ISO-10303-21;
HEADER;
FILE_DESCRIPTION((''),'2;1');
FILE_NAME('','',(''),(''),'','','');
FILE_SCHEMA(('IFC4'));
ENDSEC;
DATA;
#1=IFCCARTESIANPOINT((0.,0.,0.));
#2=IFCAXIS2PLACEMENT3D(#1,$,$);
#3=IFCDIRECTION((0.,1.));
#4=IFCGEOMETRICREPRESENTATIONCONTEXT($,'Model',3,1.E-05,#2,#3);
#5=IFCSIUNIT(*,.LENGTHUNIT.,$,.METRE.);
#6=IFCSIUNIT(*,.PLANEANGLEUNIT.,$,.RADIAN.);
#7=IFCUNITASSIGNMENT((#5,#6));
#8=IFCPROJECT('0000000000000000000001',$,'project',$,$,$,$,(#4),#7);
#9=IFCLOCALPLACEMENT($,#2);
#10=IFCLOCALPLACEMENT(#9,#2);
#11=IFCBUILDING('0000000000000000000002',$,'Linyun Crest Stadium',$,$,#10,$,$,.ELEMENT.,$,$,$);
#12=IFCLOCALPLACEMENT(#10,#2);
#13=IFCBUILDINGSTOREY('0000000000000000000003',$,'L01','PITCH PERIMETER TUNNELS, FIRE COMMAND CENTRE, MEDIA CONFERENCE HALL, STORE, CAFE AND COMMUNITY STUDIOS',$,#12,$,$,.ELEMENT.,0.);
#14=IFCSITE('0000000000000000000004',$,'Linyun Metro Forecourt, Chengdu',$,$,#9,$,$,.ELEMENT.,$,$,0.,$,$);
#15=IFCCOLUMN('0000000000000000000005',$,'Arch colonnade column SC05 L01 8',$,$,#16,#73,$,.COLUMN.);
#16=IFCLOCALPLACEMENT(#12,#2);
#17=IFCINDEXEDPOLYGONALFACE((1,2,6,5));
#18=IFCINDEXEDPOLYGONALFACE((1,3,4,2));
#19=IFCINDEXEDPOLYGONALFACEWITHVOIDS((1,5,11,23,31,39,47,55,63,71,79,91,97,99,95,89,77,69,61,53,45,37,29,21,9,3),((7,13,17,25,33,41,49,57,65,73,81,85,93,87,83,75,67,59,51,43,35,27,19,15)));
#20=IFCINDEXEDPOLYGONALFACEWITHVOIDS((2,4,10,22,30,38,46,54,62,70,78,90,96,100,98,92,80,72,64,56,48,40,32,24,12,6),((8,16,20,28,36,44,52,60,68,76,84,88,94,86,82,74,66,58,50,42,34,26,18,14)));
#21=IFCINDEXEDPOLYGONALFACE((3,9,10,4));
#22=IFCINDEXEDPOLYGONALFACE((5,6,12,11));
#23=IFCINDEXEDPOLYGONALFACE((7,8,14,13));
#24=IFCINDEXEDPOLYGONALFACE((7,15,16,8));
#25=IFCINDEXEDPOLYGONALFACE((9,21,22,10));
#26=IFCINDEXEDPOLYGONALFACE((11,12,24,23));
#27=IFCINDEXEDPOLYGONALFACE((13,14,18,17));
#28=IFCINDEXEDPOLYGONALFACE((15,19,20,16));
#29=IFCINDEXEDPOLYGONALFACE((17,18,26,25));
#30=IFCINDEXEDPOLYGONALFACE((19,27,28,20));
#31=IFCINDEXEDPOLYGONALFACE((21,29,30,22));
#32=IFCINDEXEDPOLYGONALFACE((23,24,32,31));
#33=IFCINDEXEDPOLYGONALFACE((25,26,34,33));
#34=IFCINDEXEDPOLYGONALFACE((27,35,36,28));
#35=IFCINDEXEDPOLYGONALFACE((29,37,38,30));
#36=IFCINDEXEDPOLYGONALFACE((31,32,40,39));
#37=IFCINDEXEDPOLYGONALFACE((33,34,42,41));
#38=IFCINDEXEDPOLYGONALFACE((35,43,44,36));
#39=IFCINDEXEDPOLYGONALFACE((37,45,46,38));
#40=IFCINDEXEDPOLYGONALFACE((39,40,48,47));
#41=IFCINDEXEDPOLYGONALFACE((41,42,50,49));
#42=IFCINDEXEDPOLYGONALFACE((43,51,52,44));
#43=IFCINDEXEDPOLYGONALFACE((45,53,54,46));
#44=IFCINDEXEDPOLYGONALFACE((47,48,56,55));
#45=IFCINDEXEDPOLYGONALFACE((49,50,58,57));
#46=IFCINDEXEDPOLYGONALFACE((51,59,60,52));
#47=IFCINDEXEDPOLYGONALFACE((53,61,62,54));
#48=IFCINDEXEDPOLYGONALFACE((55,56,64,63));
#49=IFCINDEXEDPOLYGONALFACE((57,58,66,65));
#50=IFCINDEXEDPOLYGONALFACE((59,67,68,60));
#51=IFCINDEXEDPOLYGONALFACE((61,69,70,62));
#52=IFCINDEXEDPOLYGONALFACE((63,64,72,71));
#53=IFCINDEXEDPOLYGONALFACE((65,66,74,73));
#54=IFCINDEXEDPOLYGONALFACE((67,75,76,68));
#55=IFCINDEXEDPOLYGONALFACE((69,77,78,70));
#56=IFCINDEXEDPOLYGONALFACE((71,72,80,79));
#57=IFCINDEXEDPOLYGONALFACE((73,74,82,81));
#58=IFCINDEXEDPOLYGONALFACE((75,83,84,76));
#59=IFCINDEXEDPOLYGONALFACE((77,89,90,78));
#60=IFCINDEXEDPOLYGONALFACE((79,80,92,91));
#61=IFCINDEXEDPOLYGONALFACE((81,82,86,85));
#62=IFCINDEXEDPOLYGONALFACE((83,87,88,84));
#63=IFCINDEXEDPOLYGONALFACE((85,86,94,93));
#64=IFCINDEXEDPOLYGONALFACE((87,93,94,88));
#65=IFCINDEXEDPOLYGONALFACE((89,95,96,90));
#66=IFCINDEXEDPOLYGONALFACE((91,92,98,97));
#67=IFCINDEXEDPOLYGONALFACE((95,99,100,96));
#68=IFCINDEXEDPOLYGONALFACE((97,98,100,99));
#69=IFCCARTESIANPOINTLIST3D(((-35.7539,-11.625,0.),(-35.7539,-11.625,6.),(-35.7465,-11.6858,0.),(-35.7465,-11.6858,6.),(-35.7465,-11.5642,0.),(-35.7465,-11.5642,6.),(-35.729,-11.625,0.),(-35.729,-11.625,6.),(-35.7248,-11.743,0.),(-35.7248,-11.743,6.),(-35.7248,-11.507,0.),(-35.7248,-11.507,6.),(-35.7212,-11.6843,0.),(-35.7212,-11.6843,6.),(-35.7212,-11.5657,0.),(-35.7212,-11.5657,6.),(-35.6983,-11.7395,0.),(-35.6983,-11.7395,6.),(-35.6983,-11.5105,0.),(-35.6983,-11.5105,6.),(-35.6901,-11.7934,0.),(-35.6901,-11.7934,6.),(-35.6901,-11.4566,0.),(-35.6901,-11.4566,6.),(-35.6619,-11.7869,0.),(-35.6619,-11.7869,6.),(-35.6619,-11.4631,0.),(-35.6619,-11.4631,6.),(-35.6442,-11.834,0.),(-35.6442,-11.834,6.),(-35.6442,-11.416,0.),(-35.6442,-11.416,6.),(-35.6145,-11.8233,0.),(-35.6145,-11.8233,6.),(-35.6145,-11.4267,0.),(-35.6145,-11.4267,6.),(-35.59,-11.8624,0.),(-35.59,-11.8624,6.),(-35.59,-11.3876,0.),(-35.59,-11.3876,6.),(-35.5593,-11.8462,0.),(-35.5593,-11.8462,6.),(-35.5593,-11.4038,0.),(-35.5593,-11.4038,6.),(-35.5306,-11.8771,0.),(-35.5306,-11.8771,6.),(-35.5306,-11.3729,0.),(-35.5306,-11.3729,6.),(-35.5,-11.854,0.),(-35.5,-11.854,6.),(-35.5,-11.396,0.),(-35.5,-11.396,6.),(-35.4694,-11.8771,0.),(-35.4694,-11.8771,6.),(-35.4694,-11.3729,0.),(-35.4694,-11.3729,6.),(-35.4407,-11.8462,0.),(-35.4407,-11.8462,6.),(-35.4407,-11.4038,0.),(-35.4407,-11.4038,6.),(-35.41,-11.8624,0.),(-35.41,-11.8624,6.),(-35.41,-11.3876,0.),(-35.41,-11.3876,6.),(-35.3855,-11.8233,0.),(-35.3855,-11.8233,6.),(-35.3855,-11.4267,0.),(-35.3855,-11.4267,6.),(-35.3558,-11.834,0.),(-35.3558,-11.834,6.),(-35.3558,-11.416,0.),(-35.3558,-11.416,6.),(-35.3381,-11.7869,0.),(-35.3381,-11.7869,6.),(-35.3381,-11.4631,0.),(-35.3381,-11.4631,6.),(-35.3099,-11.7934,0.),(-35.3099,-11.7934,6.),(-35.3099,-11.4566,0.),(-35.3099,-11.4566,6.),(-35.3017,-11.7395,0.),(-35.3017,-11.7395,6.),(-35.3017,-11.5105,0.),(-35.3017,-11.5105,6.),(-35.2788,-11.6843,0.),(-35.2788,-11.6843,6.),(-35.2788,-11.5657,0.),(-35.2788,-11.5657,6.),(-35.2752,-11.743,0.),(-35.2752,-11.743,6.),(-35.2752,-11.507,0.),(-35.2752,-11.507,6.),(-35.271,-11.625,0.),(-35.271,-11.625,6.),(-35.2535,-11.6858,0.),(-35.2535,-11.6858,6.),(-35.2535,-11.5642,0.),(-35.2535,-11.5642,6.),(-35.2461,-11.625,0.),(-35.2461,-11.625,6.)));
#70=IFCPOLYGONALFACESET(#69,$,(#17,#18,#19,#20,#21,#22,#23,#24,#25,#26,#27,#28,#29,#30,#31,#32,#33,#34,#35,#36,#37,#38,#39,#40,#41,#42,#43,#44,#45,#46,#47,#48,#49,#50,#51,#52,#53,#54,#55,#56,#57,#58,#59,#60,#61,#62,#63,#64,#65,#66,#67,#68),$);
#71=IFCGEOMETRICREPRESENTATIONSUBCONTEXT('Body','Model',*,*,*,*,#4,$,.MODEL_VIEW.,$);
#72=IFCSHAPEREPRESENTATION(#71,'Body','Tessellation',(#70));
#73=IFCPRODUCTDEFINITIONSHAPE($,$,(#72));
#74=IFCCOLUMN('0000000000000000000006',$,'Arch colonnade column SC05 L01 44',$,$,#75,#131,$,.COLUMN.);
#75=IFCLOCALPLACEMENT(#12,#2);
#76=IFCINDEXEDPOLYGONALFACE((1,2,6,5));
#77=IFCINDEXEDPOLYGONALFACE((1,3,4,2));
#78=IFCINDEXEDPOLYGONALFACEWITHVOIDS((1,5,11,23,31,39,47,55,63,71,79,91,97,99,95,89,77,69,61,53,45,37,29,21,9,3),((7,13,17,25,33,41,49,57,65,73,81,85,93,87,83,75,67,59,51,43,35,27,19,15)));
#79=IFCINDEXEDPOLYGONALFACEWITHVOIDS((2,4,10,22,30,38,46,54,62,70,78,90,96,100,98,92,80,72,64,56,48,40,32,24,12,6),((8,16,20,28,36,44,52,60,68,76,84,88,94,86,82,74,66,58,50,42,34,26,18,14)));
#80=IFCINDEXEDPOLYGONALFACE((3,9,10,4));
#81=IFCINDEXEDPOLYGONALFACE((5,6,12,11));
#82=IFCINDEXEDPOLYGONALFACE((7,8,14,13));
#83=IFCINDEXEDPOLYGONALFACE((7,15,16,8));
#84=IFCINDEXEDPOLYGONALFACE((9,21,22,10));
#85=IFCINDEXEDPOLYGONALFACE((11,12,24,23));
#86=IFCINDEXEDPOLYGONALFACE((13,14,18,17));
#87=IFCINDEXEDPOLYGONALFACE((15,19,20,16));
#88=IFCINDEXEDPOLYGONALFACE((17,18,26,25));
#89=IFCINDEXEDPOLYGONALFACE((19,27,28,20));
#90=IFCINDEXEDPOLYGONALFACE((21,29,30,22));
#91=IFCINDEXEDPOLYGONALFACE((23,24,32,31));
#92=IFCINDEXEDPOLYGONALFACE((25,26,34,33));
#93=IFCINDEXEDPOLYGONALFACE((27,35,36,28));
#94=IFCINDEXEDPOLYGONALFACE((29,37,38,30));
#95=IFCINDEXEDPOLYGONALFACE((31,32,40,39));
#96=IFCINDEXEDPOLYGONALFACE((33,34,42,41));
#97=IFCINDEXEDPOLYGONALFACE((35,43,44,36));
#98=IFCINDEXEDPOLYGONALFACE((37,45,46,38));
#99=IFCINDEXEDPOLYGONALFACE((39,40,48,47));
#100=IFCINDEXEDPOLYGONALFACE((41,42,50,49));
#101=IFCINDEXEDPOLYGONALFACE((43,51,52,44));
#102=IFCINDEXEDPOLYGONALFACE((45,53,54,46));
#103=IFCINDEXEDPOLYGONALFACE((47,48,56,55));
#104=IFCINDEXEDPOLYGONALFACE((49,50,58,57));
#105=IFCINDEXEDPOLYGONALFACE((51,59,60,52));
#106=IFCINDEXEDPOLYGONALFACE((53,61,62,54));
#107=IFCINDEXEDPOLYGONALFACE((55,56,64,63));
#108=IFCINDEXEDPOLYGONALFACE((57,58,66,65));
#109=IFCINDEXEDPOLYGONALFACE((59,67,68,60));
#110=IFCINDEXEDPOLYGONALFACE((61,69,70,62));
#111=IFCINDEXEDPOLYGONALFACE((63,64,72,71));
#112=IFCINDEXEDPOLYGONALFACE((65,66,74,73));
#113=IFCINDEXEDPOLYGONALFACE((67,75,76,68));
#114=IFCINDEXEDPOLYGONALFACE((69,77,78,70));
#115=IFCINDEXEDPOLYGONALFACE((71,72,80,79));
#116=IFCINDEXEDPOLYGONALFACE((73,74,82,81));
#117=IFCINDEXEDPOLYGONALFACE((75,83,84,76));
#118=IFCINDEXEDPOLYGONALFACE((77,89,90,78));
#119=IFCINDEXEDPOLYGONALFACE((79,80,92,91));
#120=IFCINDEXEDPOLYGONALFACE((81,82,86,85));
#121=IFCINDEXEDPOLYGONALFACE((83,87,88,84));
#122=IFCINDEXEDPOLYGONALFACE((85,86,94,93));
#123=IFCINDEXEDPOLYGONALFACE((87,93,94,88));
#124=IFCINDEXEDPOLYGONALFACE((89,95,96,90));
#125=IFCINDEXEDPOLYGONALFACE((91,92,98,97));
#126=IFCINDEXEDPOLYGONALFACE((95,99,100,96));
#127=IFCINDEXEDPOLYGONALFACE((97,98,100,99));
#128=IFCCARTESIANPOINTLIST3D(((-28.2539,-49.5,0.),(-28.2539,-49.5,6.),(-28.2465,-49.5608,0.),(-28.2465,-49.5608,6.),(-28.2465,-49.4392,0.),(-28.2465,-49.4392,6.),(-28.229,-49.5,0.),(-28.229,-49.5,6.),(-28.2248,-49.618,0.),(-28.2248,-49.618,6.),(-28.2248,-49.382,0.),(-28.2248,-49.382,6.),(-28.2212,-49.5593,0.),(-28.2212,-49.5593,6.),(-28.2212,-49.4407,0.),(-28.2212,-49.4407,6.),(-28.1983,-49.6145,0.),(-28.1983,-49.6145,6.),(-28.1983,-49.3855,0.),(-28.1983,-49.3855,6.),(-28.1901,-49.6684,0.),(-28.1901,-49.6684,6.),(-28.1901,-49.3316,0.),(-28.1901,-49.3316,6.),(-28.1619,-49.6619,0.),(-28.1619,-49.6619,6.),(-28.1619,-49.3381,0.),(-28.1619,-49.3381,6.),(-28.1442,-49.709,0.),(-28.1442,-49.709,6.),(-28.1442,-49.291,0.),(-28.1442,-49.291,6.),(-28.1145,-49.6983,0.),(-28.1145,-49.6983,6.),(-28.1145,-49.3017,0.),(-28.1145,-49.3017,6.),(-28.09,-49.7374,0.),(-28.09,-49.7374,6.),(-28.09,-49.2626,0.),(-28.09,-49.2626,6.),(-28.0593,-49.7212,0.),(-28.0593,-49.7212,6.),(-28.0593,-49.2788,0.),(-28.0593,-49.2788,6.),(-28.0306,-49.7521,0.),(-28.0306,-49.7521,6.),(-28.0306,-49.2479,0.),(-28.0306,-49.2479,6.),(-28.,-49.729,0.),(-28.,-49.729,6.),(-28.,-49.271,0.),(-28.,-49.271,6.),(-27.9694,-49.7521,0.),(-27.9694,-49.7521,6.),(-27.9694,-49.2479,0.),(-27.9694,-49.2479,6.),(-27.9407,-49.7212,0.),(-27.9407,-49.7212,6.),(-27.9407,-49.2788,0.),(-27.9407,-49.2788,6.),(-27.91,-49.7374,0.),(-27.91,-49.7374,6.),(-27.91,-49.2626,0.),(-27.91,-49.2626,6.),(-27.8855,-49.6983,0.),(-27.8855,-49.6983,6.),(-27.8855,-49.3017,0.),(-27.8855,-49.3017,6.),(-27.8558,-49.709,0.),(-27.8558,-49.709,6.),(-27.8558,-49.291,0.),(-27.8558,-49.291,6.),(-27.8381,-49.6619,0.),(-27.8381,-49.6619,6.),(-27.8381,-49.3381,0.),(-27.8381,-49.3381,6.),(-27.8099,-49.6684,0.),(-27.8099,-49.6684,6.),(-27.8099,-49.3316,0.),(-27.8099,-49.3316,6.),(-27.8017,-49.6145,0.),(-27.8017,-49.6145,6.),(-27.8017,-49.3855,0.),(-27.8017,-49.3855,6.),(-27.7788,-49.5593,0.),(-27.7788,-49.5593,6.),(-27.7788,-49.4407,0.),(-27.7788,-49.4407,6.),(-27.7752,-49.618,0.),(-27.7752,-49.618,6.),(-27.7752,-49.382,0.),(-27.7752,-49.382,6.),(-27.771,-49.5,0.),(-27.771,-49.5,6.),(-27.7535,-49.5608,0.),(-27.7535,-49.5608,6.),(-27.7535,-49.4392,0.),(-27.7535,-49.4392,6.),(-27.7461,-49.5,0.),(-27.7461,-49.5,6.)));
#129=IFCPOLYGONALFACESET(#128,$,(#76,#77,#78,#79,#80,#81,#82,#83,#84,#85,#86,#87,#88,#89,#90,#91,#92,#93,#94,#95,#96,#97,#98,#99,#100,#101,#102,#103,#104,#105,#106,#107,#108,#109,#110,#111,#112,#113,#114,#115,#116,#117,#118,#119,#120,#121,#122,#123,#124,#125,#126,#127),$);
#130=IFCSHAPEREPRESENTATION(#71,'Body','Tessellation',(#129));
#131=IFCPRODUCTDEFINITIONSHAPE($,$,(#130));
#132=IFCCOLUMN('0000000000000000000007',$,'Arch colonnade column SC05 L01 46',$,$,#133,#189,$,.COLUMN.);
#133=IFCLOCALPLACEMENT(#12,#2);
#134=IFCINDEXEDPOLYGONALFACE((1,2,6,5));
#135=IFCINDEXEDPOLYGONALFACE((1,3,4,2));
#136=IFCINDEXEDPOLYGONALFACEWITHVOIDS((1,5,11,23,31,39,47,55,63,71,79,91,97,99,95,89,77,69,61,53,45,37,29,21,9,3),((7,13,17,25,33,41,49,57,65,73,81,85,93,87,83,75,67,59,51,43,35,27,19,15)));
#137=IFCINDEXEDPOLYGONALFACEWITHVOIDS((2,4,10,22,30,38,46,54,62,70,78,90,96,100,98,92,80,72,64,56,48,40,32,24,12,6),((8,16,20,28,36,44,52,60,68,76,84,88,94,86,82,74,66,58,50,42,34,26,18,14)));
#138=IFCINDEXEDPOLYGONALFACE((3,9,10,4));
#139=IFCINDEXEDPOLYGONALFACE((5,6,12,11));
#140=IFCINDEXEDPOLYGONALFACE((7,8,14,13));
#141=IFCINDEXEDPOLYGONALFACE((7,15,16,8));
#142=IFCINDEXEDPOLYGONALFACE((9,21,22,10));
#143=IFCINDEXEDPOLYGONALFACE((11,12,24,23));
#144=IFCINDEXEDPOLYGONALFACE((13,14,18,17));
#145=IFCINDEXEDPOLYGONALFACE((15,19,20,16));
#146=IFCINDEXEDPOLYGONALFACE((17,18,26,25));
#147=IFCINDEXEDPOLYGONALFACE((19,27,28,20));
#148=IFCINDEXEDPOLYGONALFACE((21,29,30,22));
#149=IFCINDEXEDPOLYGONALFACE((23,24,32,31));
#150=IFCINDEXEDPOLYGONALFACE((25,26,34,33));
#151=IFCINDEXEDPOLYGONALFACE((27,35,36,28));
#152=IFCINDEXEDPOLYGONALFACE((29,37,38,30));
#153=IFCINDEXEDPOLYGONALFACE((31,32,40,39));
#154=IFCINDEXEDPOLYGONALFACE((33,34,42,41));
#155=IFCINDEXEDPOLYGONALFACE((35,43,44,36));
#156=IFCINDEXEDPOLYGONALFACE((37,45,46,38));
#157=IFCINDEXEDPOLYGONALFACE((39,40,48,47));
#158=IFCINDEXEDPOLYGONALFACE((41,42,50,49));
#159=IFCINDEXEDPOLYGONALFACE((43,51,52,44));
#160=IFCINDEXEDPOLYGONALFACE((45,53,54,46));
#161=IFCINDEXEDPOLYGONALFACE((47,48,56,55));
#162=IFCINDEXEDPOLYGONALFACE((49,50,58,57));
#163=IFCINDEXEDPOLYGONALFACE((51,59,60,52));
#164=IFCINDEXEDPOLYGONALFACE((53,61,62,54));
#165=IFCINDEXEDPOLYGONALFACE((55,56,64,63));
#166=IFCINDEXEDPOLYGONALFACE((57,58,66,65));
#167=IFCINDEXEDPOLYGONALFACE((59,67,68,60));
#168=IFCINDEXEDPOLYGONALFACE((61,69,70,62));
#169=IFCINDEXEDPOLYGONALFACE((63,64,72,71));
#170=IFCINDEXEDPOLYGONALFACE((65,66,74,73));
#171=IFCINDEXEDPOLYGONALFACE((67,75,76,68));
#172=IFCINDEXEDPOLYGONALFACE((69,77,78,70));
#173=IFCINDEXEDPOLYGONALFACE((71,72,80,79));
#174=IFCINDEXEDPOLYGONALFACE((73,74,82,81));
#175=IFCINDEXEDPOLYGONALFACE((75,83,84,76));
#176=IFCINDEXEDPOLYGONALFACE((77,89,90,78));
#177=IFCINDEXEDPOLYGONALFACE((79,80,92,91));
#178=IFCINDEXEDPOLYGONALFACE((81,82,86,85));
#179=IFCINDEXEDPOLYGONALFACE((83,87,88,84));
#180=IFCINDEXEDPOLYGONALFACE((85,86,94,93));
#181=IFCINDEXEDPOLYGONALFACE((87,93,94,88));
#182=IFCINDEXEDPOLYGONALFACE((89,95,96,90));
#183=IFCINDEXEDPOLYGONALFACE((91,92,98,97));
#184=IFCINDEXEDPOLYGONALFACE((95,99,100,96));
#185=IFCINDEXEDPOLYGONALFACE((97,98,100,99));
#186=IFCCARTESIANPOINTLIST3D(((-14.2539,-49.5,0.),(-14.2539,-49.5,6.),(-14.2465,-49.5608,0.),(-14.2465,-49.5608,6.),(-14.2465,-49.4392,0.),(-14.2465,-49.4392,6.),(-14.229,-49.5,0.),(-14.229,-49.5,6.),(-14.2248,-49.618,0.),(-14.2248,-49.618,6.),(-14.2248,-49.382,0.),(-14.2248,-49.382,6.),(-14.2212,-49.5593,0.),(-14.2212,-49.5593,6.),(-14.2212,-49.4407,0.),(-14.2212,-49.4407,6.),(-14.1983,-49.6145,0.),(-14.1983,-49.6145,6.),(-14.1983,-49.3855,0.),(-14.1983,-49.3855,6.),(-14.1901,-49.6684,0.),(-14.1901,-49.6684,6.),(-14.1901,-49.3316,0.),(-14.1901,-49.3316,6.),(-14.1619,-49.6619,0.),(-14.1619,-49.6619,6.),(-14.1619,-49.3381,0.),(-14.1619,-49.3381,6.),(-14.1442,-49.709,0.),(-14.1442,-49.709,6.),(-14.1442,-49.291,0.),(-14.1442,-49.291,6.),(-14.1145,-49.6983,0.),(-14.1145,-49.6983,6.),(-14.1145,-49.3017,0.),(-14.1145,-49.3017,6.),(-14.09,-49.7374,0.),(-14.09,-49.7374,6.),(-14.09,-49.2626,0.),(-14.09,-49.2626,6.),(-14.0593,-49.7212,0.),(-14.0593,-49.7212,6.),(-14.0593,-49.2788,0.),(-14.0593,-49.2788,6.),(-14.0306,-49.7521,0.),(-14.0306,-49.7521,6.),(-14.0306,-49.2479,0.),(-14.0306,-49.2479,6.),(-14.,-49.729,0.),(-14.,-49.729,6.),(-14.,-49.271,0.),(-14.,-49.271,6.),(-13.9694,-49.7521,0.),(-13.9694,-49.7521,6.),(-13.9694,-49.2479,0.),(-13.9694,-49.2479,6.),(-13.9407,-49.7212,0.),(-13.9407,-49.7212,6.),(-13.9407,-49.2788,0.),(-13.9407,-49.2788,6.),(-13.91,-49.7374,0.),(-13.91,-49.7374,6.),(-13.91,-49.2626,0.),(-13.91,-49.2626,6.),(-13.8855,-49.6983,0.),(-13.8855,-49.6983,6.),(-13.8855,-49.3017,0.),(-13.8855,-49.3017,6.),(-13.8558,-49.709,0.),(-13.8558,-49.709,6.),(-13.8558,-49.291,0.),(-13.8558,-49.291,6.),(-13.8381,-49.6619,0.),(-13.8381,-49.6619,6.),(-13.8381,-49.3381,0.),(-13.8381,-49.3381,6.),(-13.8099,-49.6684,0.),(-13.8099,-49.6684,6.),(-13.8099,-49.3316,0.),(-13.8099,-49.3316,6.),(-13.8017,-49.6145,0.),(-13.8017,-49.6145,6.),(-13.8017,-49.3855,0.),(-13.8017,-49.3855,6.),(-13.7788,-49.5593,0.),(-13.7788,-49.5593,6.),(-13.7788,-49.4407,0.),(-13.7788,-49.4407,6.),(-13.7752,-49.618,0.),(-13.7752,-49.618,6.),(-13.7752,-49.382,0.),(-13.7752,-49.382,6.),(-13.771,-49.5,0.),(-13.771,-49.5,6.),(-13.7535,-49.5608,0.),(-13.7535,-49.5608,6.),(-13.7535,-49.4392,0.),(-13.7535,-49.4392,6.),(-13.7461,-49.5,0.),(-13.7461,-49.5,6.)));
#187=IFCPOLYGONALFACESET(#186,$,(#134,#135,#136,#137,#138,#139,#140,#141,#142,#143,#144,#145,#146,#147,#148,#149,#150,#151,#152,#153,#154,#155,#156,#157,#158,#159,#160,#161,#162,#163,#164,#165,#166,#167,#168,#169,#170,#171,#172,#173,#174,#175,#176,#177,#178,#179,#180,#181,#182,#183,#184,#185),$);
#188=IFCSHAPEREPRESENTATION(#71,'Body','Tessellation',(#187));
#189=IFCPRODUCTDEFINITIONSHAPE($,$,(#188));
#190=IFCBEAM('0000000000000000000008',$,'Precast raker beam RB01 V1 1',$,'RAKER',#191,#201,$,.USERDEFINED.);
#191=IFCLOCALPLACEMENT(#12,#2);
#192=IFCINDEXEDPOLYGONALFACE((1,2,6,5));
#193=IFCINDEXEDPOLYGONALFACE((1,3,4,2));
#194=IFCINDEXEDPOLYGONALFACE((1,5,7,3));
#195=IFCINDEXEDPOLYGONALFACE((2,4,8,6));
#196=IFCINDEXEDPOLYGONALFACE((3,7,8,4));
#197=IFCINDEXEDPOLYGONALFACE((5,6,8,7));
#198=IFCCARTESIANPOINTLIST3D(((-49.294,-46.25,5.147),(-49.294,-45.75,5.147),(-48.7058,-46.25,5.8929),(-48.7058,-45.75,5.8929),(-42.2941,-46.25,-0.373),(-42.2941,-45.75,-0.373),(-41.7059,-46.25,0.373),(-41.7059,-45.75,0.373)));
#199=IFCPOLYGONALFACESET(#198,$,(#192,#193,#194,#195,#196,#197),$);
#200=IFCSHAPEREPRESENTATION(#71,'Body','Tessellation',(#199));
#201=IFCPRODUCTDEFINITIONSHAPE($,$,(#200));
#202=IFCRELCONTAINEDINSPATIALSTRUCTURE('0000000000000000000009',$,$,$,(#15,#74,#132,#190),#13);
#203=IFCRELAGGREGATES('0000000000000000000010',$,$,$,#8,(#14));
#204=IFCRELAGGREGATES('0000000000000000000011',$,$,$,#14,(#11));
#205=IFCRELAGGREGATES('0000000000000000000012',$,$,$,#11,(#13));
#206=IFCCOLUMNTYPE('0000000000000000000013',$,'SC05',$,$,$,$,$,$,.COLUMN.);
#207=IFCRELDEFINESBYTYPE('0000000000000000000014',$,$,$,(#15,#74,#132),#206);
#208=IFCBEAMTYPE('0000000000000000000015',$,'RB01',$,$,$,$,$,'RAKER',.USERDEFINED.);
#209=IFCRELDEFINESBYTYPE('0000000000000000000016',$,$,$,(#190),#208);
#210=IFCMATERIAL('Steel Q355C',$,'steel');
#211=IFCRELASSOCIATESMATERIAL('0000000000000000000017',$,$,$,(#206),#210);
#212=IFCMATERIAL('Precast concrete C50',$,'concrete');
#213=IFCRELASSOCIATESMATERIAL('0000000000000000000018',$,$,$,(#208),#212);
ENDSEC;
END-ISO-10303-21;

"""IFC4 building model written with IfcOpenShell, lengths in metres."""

from ifc_helpers import new_model, si_unit, direction, frame, origin, origin_2d, place, context, subcontext, project, spatial, rectangle, hollow_circle, extrude, material, material_profile, profile_set, type_object, element, save


model = new_model("IFC4")

# Units and contexts
model_context = context("Model", 3, precision=1e-05, world=origin(), true_north=direction((0.0, 1.0)))
body_context = subcontext(model_context, "Body", "Model", "MODEL_VIEW")
ifc_project = project(units=[si_unit("LENGTHUNIT", "METRE"), si_unit("PLANEANGLEUNIT", "RADIAN")], contexts=[model_context])

# Site, building, storey
site_placement = place(None, origin())
site = spatial("IfcSite", under=ifc_project, at=site_placement, Name="Linyun Metro Forecourt, Chengdu", CompositionType="ELEMENT", RefElevation=0.0)
building_placement = place(site_placement, origin())
building = spatial("IfcBuilding", under=site, at=building_placement, Name="Linyun Crest Stadium", CompositionType="ELEMENT")
storey_placement = place(building_placement, origin())
storey = spatial("IfcBuildingStorey", under=building, at=storey_placement, Name="L01", Description="PITCH PERIMETER TUNNELS, FIRE COMMAND CENTRE, MEDIA CONFERENCE HALL, STORE, CAFE AND COMMUNITY STUDIOS", CompositionType="ELEMENT", Elevation=0.0)

# Columns
ifc_material_1 = material(Name="Steel Q355C", Category="steel")
ifc_material_profile_1 = material_profile(ifc_material_1, hollow_circle(Radius=0.2539, WallThickness=0.0249, at=origin_2d()), Name="CHS 508x25")
ifc_profile_set_1 = profile_set([ifc_material_profile_1], Name="Steel Q355C")
column_type = type_object("IfcColumnType", Name="SC05", PredefinedType="COLUMN", material=ifc_profile_set_1)
for number, where, z_axis, x_axis, name in (
    (1, (-35.5, -11.625, 0.0), (0.0, 0.0, 1.0), (1.0, 0.0, 0.0), "Arch colonnade column SC05 L01 8"),
    (2, (-28.0, -49.5, 0.0), (0.0, 0.0, 1.0), (1.0, 0.0, 0.0), "Arch colonnade column SC05 L01 44"),
    (3, (-14.0, -49.5, 0.0), (0.0, 0.0, 1.0), (1.0, 0.0, 0.0), "Arch colonnade column SC05 L01 46"),
):
    element("IfcColumn", number, at=place(storey_placement, frame(where, z_axis=z_axis, x_axis=x_axis)), inside=storey, type_object=column_type, Name=name, PredefinedType="COLUMN", context=body_context, shape_type="SweptSolid", body=[
        extrude(hollow_circle(Radius=0.2539, WallThickness=0.0249, at=origin_2d()), origin(), (0.0, 0.0, 1.0), 6.0),
    ])

# Beam
ifc_material_2 = material(Name="Precast concrete C50", Category="concrete")
ifc_material_profile_2 = material_profile(ifc_material_2, rectangle(XDim=0.5, YDim=0.95, at=origin_2d()), Name="PCR 950x500")
ifc_profile_set_2 = profile_set([ifc_material_profile_2], Name="Precast concrete C50")
beam_type = type_object("IfcBeamType", Name="RB01", ElementType="RAKER", PredefinedType="USERDEFINED", material=ifc_profile_set_2)
for number, where, z_axis, x_axis, name in (
    (4, (-42.0, -46.0, 0.0), (-0.785226, 0.0, 0.619209), (0.0, -1.0, 0.0), "Precast raker beam RB01 V1 1"),
):
    element("IfcBeam", number, at=place(storey_placement, frame(where, z_axis=z_axis, x_axis=x_axis)), inside=storey, type_object=beam_type, Name=name, ObjectType="RAKER", PredefinedType="USERDEFINED", context=body_context, shape_type="SweptSolid", body=[
        extrude(rectangle(XDim=0.5, YDim=0.95, at=origin_2d()), origin(), (0.0, 0.0, 1.0), 8.9146),
    ])

save(model, "model.ifc")
